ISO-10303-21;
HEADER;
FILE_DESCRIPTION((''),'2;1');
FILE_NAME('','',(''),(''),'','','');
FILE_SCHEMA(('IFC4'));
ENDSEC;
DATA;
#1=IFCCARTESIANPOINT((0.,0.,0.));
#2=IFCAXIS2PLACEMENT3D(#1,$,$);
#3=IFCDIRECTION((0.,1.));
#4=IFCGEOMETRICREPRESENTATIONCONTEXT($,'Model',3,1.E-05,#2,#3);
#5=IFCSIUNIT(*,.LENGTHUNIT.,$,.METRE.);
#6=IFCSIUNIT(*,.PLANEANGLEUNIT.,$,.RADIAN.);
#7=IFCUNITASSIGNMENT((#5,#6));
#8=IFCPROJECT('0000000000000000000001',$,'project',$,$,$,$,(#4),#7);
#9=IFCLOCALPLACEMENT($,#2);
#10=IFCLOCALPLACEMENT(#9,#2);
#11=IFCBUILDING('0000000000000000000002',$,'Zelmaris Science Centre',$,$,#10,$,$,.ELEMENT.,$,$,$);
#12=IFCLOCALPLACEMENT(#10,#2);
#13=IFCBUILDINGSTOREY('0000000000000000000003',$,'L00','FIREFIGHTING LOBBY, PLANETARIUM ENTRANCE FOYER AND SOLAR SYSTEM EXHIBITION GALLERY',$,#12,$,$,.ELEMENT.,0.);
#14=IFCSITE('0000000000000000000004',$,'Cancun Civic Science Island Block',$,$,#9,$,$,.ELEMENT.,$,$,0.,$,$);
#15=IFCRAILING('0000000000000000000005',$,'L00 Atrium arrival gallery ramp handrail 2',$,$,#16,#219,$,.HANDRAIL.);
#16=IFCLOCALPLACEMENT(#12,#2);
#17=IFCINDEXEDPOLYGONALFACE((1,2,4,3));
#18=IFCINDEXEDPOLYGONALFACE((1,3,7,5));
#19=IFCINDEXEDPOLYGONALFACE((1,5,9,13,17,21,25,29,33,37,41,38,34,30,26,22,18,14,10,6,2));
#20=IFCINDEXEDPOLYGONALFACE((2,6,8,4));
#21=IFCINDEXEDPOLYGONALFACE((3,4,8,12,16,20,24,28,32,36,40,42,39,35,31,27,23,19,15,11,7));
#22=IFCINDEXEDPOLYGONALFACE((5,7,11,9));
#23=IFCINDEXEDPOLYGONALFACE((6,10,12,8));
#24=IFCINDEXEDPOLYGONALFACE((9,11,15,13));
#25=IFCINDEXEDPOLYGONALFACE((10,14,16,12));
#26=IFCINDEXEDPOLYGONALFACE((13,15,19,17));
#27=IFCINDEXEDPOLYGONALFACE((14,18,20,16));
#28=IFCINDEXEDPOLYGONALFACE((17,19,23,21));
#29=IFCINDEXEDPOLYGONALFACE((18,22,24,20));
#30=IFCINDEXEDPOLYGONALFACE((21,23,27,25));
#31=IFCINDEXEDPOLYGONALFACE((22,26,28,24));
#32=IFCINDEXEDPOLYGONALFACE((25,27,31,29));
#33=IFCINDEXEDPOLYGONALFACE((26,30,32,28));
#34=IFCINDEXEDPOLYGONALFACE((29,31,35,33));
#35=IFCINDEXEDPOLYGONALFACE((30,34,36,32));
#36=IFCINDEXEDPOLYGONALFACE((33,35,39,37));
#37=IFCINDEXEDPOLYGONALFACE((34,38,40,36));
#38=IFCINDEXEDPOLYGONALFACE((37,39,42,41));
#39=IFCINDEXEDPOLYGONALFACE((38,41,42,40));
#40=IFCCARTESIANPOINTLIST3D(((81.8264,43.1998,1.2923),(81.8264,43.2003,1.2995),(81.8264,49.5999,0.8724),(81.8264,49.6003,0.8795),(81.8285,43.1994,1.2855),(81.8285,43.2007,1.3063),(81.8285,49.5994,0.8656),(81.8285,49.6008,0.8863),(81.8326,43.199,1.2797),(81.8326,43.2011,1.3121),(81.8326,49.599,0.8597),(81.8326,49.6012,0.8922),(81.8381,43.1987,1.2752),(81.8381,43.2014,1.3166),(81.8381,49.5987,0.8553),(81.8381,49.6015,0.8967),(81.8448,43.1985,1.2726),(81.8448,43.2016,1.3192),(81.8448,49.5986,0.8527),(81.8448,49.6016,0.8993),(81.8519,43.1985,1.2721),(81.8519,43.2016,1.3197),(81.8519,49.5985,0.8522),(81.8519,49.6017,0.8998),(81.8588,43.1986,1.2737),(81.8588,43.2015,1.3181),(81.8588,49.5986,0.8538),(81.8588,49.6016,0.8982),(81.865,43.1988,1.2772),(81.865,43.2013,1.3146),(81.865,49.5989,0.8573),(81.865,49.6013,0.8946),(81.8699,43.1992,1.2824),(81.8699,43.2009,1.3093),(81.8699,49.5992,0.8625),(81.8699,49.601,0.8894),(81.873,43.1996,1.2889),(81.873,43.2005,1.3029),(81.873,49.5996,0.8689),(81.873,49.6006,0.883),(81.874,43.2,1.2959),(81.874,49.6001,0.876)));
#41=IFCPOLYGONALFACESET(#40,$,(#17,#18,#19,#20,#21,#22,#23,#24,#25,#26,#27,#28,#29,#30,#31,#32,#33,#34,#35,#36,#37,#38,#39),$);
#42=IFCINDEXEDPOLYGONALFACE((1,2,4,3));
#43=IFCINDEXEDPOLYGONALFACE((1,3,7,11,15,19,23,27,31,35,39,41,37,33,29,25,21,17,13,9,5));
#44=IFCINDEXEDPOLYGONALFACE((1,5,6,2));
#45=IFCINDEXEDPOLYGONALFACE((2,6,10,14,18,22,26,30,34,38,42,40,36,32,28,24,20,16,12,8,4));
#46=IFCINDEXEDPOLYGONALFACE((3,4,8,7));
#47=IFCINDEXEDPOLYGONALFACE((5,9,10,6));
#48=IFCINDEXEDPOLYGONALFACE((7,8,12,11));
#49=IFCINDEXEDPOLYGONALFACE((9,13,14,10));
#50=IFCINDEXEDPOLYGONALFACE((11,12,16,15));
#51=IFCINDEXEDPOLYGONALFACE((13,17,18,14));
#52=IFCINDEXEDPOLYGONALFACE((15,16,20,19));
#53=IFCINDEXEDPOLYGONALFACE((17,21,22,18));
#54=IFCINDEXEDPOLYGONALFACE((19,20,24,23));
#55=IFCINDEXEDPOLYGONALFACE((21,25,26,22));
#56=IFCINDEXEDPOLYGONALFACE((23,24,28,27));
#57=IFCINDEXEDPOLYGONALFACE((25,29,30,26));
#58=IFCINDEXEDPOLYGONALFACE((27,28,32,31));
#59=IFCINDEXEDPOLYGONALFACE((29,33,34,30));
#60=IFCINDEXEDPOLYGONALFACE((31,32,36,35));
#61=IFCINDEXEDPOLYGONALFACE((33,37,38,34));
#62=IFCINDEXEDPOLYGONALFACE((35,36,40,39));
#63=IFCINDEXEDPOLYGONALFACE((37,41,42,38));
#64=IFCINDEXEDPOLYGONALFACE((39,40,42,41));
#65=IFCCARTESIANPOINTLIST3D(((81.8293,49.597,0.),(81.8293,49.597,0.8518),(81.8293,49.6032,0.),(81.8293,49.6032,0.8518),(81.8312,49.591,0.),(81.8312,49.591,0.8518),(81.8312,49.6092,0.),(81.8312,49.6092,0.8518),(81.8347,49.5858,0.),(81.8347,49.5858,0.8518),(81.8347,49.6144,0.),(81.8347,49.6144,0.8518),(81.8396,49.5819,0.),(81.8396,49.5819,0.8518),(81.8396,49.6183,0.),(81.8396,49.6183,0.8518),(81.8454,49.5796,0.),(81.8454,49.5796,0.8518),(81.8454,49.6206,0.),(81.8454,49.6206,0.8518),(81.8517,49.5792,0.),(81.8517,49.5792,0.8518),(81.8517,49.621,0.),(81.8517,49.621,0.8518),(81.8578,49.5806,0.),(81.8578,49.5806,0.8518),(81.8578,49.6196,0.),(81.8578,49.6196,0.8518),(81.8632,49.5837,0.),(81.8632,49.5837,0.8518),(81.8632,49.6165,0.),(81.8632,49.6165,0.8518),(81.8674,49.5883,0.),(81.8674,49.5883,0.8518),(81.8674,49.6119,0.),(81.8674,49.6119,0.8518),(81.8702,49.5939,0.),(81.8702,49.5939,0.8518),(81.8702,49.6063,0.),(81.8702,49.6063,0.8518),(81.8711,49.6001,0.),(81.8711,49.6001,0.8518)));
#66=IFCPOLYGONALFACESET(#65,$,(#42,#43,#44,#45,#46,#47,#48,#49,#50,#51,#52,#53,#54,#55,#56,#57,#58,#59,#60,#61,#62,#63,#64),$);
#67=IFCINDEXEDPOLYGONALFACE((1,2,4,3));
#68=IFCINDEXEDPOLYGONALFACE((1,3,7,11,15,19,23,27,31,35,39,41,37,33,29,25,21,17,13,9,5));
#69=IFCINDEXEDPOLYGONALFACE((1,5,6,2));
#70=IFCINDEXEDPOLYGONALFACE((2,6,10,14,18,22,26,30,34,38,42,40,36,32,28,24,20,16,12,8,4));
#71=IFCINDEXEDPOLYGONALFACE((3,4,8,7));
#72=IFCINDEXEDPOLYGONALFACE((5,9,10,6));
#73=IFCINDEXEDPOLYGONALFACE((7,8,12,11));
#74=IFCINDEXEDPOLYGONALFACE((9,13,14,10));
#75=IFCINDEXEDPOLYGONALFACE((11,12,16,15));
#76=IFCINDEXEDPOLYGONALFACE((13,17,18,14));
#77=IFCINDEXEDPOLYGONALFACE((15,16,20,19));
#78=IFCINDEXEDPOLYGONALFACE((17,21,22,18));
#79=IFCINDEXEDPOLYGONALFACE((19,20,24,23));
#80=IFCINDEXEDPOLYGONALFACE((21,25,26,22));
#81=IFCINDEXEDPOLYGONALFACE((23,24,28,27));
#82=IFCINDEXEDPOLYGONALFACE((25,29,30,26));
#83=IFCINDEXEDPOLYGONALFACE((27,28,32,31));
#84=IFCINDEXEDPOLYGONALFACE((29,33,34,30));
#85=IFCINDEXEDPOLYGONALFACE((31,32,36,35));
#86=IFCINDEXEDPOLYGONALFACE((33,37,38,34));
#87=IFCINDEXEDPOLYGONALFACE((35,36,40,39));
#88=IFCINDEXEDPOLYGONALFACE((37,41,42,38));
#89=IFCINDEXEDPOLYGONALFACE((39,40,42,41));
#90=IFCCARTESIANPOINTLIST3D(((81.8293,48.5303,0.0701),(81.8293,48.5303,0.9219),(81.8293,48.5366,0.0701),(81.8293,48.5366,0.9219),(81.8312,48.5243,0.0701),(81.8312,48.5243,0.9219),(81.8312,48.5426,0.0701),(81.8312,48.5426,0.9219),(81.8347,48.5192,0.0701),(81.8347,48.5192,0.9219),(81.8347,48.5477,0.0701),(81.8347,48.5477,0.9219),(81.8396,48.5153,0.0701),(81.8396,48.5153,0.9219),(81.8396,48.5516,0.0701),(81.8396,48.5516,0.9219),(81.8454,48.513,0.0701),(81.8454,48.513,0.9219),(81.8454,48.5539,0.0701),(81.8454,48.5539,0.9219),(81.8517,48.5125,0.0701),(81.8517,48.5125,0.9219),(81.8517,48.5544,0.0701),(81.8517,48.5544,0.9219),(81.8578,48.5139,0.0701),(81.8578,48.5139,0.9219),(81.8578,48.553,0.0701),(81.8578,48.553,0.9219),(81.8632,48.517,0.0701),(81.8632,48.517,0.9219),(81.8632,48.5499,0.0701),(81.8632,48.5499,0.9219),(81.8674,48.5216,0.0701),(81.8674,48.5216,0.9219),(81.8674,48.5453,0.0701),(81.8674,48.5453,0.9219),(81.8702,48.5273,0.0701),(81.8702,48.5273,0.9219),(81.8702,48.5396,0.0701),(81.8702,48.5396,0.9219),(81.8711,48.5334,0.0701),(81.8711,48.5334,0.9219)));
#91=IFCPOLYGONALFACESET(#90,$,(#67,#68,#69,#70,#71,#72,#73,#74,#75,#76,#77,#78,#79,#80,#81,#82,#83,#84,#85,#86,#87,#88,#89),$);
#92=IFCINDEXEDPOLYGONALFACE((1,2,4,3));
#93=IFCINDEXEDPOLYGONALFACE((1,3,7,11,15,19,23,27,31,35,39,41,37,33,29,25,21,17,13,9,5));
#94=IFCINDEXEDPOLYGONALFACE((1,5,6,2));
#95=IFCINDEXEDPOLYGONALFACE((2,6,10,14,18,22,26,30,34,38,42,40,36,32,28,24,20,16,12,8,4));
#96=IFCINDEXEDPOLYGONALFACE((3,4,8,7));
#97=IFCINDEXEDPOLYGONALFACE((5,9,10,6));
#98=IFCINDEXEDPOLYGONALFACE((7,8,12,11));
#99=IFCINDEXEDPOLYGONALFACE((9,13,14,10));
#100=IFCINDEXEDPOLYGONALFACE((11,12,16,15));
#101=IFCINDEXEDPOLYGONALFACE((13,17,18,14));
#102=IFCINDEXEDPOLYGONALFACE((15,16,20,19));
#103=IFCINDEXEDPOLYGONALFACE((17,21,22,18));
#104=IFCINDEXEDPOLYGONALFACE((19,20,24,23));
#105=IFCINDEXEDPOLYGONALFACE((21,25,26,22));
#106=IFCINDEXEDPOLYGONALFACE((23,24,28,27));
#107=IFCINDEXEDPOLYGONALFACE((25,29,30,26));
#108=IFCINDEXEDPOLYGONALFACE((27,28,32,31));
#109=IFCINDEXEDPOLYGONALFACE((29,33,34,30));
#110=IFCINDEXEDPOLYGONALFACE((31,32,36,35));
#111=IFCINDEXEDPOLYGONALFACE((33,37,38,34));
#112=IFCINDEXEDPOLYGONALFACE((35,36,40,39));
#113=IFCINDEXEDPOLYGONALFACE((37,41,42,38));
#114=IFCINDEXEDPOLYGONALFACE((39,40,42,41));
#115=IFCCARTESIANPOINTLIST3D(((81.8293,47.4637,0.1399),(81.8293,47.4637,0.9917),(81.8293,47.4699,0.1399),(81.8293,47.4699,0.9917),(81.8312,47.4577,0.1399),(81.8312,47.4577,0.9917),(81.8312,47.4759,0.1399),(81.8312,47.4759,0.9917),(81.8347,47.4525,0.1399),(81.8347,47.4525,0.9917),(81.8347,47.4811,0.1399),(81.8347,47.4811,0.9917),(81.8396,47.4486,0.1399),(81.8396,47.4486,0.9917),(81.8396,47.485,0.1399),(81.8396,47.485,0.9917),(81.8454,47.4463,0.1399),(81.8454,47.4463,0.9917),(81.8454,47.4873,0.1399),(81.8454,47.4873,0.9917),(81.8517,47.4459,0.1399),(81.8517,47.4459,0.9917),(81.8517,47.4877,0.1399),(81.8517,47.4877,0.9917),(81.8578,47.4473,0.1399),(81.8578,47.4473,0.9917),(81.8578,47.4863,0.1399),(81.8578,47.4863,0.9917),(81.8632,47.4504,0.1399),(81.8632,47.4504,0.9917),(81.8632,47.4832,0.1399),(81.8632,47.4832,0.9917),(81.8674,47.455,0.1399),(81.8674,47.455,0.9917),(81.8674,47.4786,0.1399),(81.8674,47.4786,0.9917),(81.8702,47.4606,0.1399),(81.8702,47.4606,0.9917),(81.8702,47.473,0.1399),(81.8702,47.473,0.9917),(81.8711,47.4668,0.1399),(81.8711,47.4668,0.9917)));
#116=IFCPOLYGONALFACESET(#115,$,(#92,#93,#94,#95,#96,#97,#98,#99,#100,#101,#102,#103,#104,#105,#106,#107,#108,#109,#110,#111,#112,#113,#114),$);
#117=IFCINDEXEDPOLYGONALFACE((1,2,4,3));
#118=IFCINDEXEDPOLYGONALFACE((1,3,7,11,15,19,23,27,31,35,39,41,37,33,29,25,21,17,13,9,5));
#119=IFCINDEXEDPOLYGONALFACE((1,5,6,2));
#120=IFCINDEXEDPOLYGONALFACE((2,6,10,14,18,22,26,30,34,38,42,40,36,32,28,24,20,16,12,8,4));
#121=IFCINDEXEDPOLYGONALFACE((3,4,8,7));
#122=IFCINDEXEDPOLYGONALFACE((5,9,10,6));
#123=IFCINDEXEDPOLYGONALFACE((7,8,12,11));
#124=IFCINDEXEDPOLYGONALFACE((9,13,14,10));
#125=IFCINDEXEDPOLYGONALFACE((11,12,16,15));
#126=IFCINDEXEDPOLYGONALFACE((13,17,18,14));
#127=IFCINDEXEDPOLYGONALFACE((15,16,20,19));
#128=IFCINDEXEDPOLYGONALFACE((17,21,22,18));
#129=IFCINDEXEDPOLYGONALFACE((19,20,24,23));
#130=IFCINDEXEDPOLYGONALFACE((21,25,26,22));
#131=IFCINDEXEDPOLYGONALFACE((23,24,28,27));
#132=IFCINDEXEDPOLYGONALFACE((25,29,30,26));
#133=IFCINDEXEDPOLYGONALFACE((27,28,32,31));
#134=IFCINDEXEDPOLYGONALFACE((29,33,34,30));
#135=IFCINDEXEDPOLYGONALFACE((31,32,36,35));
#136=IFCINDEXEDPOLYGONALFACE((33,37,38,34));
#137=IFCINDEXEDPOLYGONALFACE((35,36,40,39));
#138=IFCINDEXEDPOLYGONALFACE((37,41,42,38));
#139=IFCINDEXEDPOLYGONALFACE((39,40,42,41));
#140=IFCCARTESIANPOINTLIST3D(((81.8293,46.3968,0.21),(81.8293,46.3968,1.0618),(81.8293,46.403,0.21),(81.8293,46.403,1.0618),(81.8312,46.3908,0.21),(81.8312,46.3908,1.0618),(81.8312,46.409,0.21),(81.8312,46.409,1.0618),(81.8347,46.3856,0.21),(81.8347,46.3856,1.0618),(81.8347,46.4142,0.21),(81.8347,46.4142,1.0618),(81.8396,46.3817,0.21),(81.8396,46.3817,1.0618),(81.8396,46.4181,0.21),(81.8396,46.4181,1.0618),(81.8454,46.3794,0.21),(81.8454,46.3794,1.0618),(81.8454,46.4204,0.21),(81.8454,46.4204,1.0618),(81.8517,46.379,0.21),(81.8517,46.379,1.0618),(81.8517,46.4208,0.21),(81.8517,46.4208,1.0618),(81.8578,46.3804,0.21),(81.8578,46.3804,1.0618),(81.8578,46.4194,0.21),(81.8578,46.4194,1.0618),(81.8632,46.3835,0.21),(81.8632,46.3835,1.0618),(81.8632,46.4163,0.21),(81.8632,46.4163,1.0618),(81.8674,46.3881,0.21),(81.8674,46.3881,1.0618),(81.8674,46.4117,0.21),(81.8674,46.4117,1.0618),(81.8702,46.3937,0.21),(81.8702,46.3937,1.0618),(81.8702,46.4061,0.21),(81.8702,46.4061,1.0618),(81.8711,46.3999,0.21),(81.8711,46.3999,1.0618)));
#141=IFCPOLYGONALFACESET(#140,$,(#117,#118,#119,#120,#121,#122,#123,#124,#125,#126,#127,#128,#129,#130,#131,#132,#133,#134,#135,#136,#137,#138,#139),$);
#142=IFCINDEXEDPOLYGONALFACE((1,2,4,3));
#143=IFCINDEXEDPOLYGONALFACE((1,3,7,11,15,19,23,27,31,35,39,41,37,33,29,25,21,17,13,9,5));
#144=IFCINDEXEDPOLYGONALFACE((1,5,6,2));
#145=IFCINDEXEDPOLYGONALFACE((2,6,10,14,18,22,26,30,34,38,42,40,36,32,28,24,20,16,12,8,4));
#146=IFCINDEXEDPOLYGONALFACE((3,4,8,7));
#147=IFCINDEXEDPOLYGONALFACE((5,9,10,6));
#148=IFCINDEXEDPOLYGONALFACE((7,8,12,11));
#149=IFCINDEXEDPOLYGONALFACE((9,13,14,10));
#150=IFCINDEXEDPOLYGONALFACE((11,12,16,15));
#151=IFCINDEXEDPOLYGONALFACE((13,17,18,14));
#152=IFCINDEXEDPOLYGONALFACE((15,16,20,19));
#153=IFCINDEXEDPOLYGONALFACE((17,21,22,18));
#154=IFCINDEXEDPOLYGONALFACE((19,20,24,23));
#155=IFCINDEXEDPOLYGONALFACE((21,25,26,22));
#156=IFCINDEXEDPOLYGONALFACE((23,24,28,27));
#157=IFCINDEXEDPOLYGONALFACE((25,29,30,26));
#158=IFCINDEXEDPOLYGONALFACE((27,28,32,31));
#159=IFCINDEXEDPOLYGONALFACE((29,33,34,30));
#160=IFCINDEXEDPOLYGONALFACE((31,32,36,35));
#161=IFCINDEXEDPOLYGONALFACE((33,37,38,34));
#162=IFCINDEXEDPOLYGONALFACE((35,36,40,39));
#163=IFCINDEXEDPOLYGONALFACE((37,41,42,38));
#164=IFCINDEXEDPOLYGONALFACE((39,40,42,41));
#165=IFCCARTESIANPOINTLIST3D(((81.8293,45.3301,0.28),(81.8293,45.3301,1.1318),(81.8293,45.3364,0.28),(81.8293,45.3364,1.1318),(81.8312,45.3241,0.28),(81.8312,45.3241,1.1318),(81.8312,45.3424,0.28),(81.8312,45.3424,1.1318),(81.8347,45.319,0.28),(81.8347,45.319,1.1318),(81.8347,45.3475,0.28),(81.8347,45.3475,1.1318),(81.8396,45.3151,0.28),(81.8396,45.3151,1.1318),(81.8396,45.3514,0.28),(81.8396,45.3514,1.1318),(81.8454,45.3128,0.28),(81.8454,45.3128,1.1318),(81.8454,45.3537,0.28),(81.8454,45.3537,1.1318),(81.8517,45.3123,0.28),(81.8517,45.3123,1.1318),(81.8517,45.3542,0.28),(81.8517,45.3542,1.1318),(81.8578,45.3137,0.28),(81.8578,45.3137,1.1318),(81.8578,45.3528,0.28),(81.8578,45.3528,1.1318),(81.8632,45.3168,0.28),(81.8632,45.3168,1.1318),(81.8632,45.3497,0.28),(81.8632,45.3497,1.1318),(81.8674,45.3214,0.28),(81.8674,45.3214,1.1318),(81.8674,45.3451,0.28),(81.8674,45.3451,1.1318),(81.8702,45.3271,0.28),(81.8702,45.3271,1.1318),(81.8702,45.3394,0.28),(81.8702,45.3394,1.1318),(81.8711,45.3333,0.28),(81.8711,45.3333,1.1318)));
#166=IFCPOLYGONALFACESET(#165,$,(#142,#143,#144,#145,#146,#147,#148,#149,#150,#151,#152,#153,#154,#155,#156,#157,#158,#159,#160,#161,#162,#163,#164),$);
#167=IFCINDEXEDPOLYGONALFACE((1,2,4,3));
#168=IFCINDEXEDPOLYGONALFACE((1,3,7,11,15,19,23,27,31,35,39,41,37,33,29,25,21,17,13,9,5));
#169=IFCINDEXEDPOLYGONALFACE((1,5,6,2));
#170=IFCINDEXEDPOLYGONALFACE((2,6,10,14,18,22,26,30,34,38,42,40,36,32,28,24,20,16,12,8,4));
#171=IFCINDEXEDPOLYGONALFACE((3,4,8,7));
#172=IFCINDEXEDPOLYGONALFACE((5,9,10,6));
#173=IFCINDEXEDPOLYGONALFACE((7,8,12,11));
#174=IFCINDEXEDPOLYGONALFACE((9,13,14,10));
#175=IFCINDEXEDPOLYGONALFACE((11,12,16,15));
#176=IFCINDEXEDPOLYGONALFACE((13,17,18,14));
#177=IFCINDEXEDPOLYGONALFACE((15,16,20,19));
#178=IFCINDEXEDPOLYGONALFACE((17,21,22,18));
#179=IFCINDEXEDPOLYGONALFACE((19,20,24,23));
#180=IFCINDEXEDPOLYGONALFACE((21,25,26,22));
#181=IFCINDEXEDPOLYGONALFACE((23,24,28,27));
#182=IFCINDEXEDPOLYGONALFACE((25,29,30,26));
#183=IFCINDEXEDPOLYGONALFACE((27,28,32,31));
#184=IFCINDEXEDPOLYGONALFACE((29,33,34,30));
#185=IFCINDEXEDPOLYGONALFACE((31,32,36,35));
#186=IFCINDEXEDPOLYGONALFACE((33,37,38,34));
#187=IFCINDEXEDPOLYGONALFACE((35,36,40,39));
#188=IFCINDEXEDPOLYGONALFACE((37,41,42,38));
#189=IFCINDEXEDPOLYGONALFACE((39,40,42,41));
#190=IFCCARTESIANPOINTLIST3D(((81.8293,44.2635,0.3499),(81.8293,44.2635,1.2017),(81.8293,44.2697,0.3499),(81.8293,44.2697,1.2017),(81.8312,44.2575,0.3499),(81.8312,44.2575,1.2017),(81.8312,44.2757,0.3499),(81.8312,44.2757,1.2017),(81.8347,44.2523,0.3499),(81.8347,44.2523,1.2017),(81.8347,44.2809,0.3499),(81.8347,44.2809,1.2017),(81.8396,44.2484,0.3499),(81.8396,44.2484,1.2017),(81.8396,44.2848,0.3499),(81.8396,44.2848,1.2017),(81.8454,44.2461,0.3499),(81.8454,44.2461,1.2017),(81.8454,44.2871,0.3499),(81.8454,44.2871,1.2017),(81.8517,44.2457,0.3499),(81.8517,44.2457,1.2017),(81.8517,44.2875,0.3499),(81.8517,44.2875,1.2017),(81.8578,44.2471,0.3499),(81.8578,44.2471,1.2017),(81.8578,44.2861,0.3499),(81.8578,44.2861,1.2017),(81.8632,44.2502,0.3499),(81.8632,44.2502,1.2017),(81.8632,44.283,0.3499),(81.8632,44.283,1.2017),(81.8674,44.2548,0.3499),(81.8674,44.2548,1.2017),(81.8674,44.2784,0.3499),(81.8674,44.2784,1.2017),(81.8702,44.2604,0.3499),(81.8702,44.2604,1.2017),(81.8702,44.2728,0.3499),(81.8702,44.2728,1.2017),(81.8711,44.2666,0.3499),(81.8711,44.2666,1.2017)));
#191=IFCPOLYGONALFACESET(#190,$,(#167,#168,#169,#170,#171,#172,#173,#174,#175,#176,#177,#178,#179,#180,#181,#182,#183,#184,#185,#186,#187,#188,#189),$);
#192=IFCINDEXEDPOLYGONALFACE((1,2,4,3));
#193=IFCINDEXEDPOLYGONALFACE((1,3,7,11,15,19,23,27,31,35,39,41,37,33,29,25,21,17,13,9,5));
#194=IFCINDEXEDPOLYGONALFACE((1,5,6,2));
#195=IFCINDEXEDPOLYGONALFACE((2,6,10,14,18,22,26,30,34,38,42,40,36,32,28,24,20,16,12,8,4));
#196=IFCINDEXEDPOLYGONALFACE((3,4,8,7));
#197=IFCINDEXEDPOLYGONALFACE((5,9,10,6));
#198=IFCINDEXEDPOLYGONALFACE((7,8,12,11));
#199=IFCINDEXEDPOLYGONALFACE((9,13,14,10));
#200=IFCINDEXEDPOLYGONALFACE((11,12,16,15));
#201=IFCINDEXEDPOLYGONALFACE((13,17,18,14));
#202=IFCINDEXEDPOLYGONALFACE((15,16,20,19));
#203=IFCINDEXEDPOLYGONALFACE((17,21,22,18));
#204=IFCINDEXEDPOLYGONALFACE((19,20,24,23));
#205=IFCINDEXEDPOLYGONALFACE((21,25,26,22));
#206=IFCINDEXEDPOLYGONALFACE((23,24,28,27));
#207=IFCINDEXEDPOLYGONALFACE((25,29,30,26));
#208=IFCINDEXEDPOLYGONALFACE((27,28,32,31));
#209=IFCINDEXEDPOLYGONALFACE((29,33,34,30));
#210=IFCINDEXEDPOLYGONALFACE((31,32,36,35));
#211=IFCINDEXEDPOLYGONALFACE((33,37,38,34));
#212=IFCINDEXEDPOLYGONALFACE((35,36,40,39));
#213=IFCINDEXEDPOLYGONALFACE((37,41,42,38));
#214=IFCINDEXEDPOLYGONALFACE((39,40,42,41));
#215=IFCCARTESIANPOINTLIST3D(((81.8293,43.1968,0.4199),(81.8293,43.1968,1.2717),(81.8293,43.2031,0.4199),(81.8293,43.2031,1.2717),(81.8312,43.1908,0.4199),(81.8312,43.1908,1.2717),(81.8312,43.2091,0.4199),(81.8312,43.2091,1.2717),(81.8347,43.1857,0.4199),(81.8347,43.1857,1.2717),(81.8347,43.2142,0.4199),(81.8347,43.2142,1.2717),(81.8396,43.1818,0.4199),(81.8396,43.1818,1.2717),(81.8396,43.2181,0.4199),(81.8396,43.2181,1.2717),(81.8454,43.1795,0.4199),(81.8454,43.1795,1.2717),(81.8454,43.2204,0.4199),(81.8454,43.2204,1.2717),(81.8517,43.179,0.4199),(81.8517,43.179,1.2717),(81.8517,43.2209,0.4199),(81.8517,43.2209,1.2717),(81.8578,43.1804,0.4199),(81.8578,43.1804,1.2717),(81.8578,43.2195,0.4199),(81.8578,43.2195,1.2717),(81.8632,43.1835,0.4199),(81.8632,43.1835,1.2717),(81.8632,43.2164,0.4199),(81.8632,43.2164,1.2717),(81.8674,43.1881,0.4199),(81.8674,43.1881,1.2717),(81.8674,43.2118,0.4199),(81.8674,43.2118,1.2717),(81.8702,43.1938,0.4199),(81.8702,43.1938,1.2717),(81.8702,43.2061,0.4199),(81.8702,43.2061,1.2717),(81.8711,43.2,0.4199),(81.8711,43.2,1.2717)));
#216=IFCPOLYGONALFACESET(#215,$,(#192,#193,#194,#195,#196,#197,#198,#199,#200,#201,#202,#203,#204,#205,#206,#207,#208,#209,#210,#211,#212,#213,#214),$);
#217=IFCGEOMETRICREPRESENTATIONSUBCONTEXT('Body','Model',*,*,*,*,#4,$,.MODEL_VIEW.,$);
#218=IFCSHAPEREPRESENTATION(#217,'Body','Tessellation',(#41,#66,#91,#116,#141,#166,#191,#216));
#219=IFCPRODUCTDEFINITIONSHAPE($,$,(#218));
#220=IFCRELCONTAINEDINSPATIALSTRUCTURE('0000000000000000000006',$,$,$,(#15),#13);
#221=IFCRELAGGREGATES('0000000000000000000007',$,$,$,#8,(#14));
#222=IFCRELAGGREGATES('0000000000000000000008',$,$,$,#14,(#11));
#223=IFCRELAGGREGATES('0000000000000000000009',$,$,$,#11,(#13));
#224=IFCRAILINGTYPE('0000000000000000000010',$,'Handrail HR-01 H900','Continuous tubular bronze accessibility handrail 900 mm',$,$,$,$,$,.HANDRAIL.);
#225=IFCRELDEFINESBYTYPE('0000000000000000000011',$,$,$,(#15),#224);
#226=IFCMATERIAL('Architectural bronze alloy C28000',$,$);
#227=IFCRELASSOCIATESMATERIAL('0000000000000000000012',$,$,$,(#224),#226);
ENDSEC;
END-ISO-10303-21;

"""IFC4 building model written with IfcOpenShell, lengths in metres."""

from ifc_helpers import new_model, si_unit, direction, frame, origin, origin_2d, place, context, subcontext, project, spatial, circle, extrude, material, type_object, element, save


model = new_model("IFC4")

# Units and contexts
model_context = context("Model", 3, precision=1e-05, world=origin(), true_north=direction((0.0, 1.0)))
body_context = subcontext(model_context, "Body", "Model", "MODEL_VIEW")
ifc_project = project(units=[si_unit("LENGTHUNIT", "METRE"), si_unit("PLANEANGLEUNIT", "RADIAN")], contexts=[model_context])

# Site, building, storey
site_placement = place(None, origin())
site = spatial("IfcSite", under=ifc_project, at=site_placement, Name="Cancun Civic Science Island Block", CompositionType="ELEMENT", RefElevation=0.0)
building_placement = place(site_placement, origin())
building = spatial("IfcBuilding", under=site, at=building_placement, Name="Zelmaris Science Centre", CompositionType="ELEMENT")
storey_placement = place(building_placement, origin())
storey = spatial("IfcBuildingStorey", under=building, at=storey_placement, Name="L00", Description="FIREFIGHTING LOBBY, PLANETARIUM ENTRANCE FOYER AND SOLAR SYSTEM EXHIBITION GALLERY", CompositionType="ELEMENT", Elevation=0.0)

# Railing
ifc_material_1 = material(Name="Architectural bronze alloy C28000")
railing_type_1 = type_object("IfcRailingType", Name="Handrail HR-01 H900", Description="Continuous tubular bronze accessibility handrail 900 mm", PredefinedType="HANDRAIL", material=ifc_material_1)
for number, where, name in (
    (1, (81.8501, 49.6001, 0.0), "L00 Atrium arrival gallery ramp handrail 2"),
):
    element("IfcRailing", number, at=place(storey_placement, frame(where)), inside=storey, type_object=railing_type_1, Name=name, PredefinedType="HANDRAIL", context=body_context, shape_type="SweptSolid", body=[
        extrude(circle(Radius=0.0239, at=origin_2d()), frame((0.0, 0.0, 0.876), z_axis=(0.0, -0.997855, 0.065471), x_axis=(1.0, 0.0, 0.0)), (0.0, 0.0, 1.0), 6.4138),
        extrude(circle(Radius=0.021, at=origin_2d()), origin(), (0.0, 0.0, 1.0), 0.8518),
        extrude(circle(Radius=0.021, at=origin_2d()), frame((0.0, -1.0667, 0.0701)), (0.0, 0.0, 1.0), 0.8518),
        extrude(circle(Radius=0.021, at=origin_2d()), frame((0.0, -2.1333, 0.1399)), (0.0, 0.0, 1.0), 0.8518),
        extrude(circle(Radius=0.021, at=origin_2d()), frame((0.0, -3.2002, 0.21)), (0.0, 0.0, 1.0), 0.8518),
        extrude(circle(Radius=0.021, at=origin_2d()), frame((0.0, -4.2668, 0.28)), (0.0, 0.0, 1.0), 0.8518),
        extrude(circle(Radius=0.021, at=origin_2d()), frame((0.0, -5.3335, 0.3499)), (0.0, 0.0, 1.0), 0.8518),
        extrude(circle(Radius=0.021, at=origin_2d()), frame((0.0, -6.4001, 0.4199)), (0.0, 0.0, 1.0), 0.8518),
    ])

save(model, "model.ifc")
